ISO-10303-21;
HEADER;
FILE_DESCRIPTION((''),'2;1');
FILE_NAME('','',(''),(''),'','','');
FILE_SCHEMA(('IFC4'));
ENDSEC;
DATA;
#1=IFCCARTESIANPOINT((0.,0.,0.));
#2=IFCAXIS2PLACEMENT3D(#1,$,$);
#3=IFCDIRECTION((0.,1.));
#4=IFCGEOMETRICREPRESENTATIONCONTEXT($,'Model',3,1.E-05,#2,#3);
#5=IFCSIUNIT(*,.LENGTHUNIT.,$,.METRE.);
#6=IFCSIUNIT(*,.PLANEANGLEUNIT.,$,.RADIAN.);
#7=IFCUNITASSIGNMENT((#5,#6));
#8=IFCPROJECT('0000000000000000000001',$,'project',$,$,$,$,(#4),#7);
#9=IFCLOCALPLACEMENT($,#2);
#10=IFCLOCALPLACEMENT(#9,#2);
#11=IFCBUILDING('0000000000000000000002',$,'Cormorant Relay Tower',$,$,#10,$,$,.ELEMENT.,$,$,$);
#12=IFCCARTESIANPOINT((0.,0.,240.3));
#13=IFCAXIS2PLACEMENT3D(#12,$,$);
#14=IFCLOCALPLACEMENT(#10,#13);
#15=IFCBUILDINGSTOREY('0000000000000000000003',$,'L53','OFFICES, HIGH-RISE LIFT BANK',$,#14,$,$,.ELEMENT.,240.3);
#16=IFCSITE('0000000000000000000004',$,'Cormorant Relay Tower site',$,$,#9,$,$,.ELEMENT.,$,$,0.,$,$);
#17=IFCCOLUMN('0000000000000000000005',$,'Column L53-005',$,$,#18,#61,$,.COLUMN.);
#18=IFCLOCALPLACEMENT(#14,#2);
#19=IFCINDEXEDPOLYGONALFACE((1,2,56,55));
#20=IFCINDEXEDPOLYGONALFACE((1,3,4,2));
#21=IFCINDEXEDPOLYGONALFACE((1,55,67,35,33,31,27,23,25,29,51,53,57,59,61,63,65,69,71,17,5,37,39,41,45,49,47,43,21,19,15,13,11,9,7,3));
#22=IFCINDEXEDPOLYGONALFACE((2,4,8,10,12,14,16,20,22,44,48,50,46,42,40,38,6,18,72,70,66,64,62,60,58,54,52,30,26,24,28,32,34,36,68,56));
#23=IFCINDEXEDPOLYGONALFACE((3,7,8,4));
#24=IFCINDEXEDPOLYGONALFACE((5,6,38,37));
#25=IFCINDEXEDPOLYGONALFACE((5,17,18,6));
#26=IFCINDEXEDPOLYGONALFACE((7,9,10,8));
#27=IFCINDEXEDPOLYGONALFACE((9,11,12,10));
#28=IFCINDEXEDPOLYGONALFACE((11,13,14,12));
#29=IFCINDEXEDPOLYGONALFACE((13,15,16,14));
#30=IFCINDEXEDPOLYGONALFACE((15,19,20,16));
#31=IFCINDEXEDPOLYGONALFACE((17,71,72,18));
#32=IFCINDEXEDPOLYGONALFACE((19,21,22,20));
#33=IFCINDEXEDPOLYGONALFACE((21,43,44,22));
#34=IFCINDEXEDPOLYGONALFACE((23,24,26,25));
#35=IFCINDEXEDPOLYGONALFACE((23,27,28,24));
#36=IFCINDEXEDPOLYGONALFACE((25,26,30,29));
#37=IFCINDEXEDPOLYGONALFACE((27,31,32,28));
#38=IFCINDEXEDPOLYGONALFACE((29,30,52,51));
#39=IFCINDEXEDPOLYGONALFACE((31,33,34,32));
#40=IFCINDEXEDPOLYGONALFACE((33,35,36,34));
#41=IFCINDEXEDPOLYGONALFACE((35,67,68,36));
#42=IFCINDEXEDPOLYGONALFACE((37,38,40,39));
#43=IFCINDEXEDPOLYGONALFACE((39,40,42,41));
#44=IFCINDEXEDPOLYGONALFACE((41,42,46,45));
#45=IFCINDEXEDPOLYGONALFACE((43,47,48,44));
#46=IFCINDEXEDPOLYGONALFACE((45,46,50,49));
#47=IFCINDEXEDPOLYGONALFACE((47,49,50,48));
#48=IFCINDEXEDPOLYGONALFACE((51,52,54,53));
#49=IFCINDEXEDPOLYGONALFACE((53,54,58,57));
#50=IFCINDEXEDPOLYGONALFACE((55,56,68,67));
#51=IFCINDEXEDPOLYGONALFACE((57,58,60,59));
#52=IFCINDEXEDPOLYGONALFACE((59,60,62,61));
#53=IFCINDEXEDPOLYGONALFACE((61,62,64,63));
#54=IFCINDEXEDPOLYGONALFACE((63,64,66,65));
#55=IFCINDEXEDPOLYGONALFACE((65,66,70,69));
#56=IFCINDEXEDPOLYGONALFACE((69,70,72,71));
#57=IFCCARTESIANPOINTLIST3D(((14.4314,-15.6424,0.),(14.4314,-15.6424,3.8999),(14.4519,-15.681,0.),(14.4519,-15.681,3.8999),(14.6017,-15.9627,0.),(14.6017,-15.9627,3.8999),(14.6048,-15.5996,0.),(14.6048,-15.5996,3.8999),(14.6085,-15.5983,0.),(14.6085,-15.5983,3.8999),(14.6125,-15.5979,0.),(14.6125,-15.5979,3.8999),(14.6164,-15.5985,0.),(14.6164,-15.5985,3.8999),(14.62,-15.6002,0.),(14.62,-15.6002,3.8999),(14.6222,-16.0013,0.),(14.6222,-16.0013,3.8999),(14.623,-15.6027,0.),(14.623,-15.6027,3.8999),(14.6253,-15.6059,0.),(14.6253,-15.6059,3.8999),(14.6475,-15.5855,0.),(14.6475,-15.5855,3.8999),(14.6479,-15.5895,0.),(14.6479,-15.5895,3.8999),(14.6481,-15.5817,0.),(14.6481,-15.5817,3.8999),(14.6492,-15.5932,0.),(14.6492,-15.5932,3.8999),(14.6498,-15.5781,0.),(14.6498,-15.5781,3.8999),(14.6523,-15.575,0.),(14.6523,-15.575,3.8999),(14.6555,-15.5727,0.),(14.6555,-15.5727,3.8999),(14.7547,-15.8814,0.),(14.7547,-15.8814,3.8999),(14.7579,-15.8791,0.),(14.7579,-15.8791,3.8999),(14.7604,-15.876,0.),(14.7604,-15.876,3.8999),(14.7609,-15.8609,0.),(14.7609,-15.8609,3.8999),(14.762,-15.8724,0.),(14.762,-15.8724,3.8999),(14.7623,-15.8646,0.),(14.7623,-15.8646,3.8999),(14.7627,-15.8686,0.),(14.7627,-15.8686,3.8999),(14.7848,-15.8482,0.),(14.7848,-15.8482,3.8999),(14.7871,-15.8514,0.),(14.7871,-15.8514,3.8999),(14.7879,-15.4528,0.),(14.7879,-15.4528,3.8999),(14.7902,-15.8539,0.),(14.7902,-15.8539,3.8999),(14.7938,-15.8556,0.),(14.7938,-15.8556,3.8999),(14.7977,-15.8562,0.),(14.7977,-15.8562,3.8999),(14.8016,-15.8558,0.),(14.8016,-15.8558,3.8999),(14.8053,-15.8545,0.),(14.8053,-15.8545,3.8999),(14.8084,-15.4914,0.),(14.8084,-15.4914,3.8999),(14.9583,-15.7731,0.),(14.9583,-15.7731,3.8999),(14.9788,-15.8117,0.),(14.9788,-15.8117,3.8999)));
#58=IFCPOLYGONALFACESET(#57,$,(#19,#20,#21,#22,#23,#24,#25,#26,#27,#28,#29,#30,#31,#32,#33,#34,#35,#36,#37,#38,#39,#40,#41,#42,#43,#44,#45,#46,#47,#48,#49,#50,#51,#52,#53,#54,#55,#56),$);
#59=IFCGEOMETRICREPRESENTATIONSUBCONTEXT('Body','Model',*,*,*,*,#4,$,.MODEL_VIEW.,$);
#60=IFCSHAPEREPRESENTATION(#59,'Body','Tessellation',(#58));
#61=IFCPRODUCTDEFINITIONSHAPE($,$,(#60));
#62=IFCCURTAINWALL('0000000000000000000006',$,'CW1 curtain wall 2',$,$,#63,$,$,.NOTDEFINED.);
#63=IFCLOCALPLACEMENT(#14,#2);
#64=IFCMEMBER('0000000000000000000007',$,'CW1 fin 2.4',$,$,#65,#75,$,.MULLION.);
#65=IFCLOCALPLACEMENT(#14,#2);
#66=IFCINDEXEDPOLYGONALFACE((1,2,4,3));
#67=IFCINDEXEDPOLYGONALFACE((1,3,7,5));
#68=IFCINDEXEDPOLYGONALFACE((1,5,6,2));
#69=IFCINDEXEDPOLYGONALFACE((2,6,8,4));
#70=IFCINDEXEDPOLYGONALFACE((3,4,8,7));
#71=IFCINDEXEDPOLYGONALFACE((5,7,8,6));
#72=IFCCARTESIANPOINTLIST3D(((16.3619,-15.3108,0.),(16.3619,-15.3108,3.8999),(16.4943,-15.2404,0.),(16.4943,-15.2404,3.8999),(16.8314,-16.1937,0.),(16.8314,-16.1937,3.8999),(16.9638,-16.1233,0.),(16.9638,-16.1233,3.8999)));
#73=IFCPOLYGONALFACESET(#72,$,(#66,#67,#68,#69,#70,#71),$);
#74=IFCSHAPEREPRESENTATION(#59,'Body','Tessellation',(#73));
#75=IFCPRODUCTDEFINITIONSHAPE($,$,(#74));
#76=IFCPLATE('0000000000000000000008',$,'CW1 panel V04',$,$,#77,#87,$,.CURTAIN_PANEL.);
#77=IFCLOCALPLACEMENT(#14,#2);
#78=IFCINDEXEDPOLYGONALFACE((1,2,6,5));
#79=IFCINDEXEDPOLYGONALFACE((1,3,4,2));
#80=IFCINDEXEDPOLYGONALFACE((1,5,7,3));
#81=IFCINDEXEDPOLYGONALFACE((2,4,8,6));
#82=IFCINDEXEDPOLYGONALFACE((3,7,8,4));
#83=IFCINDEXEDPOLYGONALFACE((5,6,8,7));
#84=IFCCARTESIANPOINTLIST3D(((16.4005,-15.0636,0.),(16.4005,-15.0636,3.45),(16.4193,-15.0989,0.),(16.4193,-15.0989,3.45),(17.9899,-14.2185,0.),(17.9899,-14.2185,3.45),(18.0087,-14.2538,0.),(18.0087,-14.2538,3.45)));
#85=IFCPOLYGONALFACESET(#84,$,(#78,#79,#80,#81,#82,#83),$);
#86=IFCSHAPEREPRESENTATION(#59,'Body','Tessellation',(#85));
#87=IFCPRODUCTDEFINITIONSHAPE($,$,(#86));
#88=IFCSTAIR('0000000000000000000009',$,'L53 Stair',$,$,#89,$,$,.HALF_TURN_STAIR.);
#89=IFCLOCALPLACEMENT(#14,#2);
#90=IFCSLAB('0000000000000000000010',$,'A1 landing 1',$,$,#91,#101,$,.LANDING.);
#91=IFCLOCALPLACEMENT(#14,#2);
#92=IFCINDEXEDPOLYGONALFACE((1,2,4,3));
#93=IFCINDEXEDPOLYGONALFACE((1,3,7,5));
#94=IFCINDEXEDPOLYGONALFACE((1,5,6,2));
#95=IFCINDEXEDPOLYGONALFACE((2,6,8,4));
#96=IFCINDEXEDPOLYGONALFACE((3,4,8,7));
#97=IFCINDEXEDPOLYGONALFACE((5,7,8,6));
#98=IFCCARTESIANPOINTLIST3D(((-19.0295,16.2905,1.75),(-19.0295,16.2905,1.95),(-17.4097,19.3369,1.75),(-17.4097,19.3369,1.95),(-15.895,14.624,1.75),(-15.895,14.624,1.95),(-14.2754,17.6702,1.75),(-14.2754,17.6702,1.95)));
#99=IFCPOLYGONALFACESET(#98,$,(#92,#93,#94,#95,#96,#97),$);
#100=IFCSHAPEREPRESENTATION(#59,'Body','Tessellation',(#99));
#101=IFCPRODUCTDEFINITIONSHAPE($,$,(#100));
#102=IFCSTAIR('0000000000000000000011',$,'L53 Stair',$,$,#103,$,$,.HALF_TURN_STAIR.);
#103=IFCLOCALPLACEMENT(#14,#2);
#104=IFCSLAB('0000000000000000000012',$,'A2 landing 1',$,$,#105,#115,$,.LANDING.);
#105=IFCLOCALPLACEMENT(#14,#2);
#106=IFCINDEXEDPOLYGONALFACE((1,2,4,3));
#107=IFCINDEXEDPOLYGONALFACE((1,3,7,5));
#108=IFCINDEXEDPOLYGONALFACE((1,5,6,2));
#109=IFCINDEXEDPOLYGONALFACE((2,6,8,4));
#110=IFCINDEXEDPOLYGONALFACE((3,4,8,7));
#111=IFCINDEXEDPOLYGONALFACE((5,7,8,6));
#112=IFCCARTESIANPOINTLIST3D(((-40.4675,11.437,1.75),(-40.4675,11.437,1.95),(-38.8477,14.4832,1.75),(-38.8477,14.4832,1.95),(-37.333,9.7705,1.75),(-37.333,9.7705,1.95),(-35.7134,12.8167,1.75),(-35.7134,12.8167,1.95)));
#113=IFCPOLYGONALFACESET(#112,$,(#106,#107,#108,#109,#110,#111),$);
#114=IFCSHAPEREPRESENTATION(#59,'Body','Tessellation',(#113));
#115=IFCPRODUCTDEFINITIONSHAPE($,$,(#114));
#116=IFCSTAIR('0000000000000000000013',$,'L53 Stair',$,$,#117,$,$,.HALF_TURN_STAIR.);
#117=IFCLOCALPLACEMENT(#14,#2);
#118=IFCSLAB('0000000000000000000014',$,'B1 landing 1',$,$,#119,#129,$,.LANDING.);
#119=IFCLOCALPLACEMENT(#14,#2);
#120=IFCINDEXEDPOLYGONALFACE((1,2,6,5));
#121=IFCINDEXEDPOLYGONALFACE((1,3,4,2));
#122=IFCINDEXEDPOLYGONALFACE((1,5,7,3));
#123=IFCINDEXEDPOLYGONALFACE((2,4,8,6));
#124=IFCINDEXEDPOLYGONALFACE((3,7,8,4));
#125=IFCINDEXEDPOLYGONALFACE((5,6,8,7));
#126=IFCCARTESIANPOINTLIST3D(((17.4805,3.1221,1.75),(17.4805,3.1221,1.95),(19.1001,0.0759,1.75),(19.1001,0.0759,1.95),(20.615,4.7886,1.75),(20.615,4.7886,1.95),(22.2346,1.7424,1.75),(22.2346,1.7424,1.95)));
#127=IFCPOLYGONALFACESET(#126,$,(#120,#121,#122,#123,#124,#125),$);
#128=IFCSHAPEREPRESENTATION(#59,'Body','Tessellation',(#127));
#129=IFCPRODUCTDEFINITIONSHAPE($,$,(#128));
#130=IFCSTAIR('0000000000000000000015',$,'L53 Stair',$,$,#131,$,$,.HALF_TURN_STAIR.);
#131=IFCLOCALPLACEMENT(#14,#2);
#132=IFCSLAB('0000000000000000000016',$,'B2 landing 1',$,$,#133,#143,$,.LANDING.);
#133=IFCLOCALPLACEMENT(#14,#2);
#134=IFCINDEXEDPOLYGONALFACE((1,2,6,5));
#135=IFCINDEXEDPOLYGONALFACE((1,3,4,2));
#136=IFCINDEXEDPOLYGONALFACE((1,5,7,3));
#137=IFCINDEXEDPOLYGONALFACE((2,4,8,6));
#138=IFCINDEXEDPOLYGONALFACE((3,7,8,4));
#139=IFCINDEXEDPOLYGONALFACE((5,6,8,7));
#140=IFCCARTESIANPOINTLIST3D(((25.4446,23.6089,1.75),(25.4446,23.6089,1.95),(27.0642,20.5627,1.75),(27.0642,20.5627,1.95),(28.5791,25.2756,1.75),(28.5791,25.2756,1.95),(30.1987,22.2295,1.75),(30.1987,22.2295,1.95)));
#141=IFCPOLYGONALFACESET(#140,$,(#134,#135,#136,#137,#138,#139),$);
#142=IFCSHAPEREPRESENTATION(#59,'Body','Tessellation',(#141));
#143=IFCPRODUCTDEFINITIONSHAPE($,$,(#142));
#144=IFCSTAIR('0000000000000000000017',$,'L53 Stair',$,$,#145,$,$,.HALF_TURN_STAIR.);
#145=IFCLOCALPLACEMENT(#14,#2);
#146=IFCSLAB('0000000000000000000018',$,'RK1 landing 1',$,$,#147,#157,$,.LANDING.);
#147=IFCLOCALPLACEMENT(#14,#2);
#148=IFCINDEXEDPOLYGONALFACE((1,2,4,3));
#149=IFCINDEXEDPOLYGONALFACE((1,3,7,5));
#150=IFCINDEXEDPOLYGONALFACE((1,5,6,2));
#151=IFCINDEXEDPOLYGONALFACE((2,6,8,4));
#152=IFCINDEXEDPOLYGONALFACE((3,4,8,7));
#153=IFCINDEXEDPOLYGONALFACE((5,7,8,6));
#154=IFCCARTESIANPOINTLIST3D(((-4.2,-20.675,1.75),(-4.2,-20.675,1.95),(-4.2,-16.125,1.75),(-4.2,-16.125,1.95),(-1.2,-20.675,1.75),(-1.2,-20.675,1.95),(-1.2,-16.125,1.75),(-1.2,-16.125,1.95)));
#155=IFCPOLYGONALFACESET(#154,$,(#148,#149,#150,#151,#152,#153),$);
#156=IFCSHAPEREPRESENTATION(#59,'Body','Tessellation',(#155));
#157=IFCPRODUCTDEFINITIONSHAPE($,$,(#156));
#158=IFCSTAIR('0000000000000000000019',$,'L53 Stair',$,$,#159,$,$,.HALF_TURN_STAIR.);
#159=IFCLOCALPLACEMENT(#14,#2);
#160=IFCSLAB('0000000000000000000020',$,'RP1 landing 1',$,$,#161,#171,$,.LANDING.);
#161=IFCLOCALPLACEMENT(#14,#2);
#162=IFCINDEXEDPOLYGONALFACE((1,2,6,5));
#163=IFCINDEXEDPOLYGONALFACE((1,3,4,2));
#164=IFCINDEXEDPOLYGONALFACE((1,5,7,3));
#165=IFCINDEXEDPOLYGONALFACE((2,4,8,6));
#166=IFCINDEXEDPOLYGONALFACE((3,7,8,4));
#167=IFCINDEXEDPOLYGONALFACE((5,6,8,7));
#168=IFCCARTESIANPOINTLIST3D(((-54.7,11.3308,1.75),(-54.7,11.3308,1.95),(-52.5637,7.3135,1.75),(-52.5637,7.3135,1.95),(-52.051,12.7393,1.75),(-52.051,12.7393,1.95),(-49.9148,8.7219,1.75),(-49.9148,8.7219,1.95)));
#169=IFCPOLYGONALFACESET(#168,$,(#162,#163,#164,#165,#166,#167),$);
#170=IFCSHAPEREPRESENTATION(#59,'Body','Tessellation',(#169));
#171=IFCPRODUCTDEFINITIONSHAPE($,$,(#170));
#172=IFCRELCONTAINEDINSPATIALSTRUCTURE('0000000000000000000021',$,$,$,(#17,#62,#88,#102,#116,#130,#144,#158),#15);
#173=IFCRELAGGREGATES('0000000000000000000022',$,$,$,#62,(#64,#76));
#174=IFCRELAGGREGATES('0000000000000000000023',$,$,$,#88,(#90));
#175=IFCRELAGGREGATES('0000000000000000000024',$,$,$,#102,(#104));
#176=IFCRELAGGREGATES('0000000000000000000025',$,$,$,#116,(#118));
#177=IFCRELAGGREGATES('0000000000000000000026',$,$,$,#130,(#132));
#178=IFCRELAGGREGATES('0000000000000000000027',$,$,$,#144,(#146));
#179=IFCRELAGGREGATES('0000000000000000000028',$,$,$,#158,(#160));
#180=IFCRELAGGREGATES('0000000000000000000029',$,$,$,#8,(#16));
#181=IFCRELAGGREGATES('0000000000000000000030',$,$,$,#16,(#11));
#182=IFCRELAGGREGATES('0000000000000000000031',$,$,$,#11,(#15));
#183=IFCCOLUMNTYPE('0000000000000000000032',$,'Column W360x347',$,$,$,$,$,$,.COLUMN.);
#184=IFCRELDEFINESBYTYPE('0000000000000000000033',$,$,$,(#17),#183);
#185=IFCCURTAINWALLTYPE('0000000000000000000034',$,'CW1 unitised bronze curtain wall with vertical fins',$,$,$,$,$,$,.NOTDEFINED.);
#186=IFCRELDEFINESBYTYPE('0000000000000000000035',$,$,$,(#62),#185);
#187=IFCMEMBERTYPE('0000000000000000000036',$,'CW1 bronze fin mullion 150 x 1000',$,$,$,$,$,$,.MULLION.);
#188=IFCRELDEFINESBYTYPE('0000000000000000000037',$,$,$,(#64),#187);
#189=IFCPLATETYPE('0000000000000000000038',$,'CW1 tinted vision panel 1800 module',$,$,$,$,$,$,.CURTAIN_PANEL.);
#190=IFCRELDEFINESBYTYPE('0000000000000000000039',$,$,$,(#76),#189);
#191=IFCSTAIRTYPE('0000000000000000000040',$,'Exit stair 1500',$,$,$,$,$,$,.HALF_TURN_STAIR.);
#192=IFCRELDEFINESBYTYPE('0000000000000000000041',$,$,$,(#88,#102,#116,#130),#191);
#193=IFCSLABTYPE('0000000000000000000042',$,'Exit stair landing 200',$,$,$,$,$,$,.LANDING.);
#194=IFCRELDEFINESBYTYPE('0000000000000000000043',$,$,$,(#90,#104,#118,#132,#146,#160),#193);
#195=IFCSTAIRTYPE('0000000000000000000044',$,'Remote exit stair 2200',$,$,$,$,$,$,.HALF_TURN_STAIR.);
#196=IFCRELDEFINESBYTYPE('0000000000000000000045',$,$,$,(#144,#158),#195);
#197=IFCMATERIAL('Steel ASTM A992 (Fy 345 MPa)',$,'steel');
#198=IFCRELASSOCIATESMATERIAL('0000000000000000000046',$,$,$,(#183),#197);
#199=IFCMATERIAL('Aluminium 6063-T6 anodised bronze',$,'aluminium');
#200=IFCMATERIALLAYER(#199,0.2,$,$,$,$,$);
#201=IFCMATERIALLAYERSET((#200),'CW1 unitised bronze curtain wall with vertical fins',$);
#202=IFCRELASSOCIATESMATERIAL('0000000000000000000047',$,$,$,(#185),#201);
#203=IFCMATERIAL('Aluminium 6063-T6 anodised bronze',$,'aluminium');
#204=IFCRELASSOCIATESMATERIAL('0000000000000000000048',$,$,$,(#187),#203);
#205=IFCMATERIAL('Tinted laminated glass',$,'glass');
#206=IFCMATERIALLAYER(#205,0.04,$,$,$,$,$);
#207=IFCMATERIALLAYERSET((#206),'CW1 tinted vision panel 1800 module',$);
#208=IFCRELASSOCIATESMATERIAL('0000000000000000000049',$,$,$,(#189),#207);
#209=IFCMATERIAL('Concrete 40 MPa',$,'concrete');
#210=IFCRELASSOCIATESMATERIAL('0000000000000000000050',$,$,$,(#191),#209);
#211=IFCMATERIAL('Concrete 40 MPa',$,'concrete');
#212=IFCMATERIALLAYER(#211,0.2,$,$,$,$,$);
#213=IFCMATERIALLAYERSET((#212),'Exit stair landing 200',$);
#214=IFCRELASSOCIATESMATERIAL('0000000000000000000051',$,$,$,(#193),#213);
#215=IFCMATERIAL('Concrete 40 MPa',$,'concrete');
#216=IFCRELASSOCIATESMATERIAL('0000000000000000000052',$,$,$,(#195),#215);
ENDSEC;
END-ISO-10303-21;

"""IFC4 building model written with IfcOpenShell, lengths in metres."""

from ifc_helpers import new_model, si_unit, direction, frame, origin, origin_2d, place, context, subcontext, project, spatial, polyline, rectangle, i_section, outline, extrude, material, layer, layer_set, material_profile, profile_set, type_object, element, aggregate, save


model = new_model("IFC4")

# Units and contexts
model_context = context("Model", 3, precision=1e-05, world=origin(), true_north=direction((0.0, 1.0)))
body_context = subcontext(model_context, "Body", "Model", "MODEL_VIEW")
ifc_project = project(units=[si_unit("LENGTHUNIT", "METRE"), si_unit("PLANEANGLEUNIT", "RADIAN")], contexts=[model_context])

# Site, building, storey
site_placement = place(None, origin())
site = spatial("IfcSite", under=ifc_project, at=site_placement, Name="Cormorant Relay Tower site", CompositionType="ELEMENT", RefElevation=0.0)
building_placement = place(site_placement, origin())
building = spatial("IfcBuilding", under=site, at=building_placement, Name="Cormorant Relay Tower", CompositionType="ELEMENT")
storey_placement = place(building_placement, frame((0.0, 0.0, 240.3)))
storey = spatial("IfcBuildingStorey", under=building, at=storey_placement, Name="L53", Description="OFFICES, HIGH-RISE LIFT BANK", CompositionType="ELEMENT", Elevation=240.3)

# Column
ifc_material_1 = material(Name="Steel ASTM A992 (Fy 345 MPa)", Category="steel")
ifc_material_profile_1 = material_profile(ifc_material_1, i_section(OverallWidth=0.4038, OverallDepth=0.4065, WebThickness=0.0271, FlangeThickness=0.0437, FilletRadius=0.0151, at=origin_2d()), Name="W360x347")
ifc_profile_set_1 = profile_set([ifc_material_profile_1], Name="Steel ASTM A992 (Fy 345 MPa)")
column_type_1 = type_object("IfcColumnType", Name="Column W360x347", PredefinedType="COLUMN", material=ifc_profile_set_1)
column_placement = place(storey_placement, frame((14.7051, -15.7271, 0.0), z_axis=(0.0, 0.0, 1.0), x_axis=(0.882948, 0.469472, 0.0)))
element("IfcColumn", 1, at=column_placement, inside=storey, type_object=column_type_1, Name="Column L53-005", PredefinedType="COLUMN", context=body_context, shape_type="SweptSolid", body=[
    extrude(i_section(OverallWidth=0.4038, OverallDepth=0.4065, WebThickness=0.0271, FlangeThickness=0.0437, FilletRadius=0.0151, at=origin_2d()), origin(), (0.0, 0.0, 1.0), 3.8999),
])

# Curtain wall, member, plate
ifc_material_2 = material(Name="Aluminium 6063-T6 anodised bronze", Category="aluminium")
ifc_layer_1 = layer(ifc_material_2, 0.2)
ifc_layer_set_1 = layer_set([ifc_layer_1], Name="CW1 unitised bronze curtain wall with vertical fins")
curtain_wall_type = type_object("IfcCurtainWallType", Name="CW1 unitised bronze curtain wall with vertical fins", PredefinedType="NOTDEFINED", material=ifc_layer_set_1)
curtain_wall_placement = place(storey_placement, origin())
curtain_wall = element("IfcCurtainWall", 2, at=curtain_wall_placement, inside=storey, type_object=curtain_wall_type, Name="CW1 curtain wall 2", PredefinedType="NOTDEFINED")
ifc_material_3 = material(Name="Aluminium 6063-T6 anodised bronze", Category="aluminium")
ifc_material_profile_2 = material_profile(ifc_material_3, rectangle(XDim=0.1499, YDim=1.0, at=origin_2d()), Name="AL 150x1000")
ifc_profile_set_2 = profile_set([ifc_material_profile_2], Name="Aluminium 6063-T6 anodised bronze")
member_type = type_object("IfcMemberType", Name="CW1 bronze fin mullion 150 x 1000", PredefinedType="MULLION", material=ifc_profile_set_2)
member_placement = place(storey_placement, frame((16.6628, -15.717, 0.0), z_axis=(0.0, 0.0, 1.0), x_axis=(0.882948, 0.469472, 0.0)))
member = element("IfcMember", 3, at=member_placement, type_object=member_type, Name="CW1 fin 2.4", PredefinedType="MULLION", context=body_context, shape_type="SweptSolid", body=[
    extrude(rectangle(XDim=0.1499, YDim=1.0, at=origin_2d()), origin(), (0.0, 0.0, 1.0), 3.8999),
])
ifc_material_4 = material(Name="Tinted laminated glass", Category="glass")
ifc_layer_2 = layer(ifc_material_4, 0.04)
ifc_layer_set_2 = layer_set([ifc_layer_2], Name="CW1 tinted vision panel 1800 module")
plate_type = type_object("IfcPlateType", Name="CW1 tinted vision panel 1800 module", PredefinedType="CURTAIN_PANEL", material=ifc_layer_set_2)
plate_placement = place(storey_placement, frame((17.2046, -14.6587, 0.0), z_axis=(0.0, 0.0, 1.0), x_axis=(0.882948, 0.469472, 0.0)))
plate = element("IfcPlate", 4, at=plate_placement, type_object=plate_type, Name="CW1 panel V04", PredefinedType="CURTAIN_PANEL", context=body_context, shape_type="SweptSolid", body=[
    extrude(rectangle(XDim=1.8, YDim=0.04, at=origin_2d()), origin(), (0.0, 0.0, 1.0), 3.45),
])
aggregate(curtain_wall, [member, plate])

# Stairs, slabs
ifc_material_5 = material(Name="Concrete 40 MPa", Category="concrete")
stair_type_1 = type_object("IfcStairType", Name="Exit stair 1500", PredefinedType="HALF_TURN_STAIR", material=ifc_material_5)
stair_1_placement = place(storey_placement, origin())
stair_1 = element("IfcStair", 5, at=stair_1_placement, inside=storey, type_object=stair_type_1, Name="L53 Stair", PredefinedType="HALF_TURN_STAIR")
ifc_material_6 = material(Name="Concrete 40 MPa", Category="concrete")
ifc_layer_3 = layer(ifc_material_6, 0.2)
ifc_layer_set_3 = layer_set([ifc_layer_3], Name="Exit stair landing 200")
slab_type_1 = type_object("IfcSlabType", Name="Exit stair landing 200", PredefinedType="LANDING", material=ifc_layer_set_3)
slab_1_placement = place(storey_placement, frame((0.0, 0.0, 1.75)))
slab_1 = element("IfcSlab", 6, at=slab_1_placement, type_object=slab_type_1, Name="A1 landing 1", PredefinedType="LANDING", context=body_context, shape_type="SweptSolid", body=[
    extrude(outline(polyline([(-19.0295, 16.2905), (-15.895, 14.624), (-14.2754, 17.6702), (-17.4097, 19.3369), (-19.0295, 16.2905)])), origin(), (0.0, 0.0, 1.0), 0.2),
])
aggregate(stair_1, [slab_1])
stair_2_placement = place(storey_placement, origin())
stair_2 = element("IfcStair", 7, at=stair_2_placement, inside=storey, type_object=stair_type_1, Name="L53 Stair", PredefinedType="HALF_TURN_STAIR")
slab_2_placement = place(storey_placement, frame((0.0, 0.0, 1.75)))
slab_2 = element("IfcSlab", 8, at=slab_2_placement, type_object=slab_type_1, Name="A2 landing 1", PredefinedType="LANDING", context=body_context, shape_type="SweptSolid", body=[
    extrude(outline(polyline([(-35.7134, 12.8167), (-38.8477, 14.4832), (-40.4675, 11.437), (-37.333, 9.7705), (-35.7134, 12.8167)])), origin(), (0.0, 0.0, 1.0), 0.2),
])
aggregate(stair_2, [slab_2])
stair_3_placement = place(storey_placement, origin())
stair_3 = element("IfcStair", 9, at=stair_3_placement, inside=storey, type_object=stair_type_1, Name="L53 Stair", PredefinedType="HALF_TURN_STAIR")
slab_3_placement = place(storey_placement, frame((0.0, 0.0, 1.75)))
slab_3 = element("IfcSlab", 10, at=slab_3_placement, type_object=slab_type_1, Name="B1 landing 1", PredefinedType="LANDING", context=body_context, shape_type="SweptSolid", body=[
    extrude(outline(polyline([(20.615, 4.7886), (17.4805, 3.1221), (19.1001, 0.0759), (22.2346, 1.7424), (20.615, 4.7886)])), origin(), (0.0, 0.0, 1.0), 0.2),
])
aggregate(stair_3, [slab_3])
stair_4_placement = place(storey_placement, origin())
stair_4 = element("IfcStair", 11, at=stair_4_placement, inside=storey, type_object=stair_type_1, Name="L53 Stair", PredefinedType="HALF_TURN_STAIR")
slab_4_placement = place(storey_placement, frame((0.0, 0.0, 1.75)))
slab_4 = element("IfcSlab", 12, at=slab_4_placement, type_object=slab_type_1, Name="B2 landing 1", PredefinedType="LANDING", context=body_context, shape_type="SweptSolid", body=[
    extrude(outline(polyline([(27.0642, 20.5627), (30.1987, 22.2295), (28.5791, 25.2756), (25.4446, 23.6089), (27.0642, 20.5627)])), origin(), (0.0, 0.0, 1.0), 0.2),
])
aggregate(stair_4, [slab_4])
ifc_material_7 = material(Name="Concrete 40 MPa", Category="concrete")
stair_type_2 = type_object("IfcStairType", Name="Remote exit stair 2200", PredefinedType="HALF_TURN_STAIR", material=ifc_material_7)
stair_5_placement = place(storey_placement, origin())
stair_5 = element("IfcStair", 13, at=stair_5_placement, inside=storey, type_object=stair_type_2, Name="L53 Stair", PredefinedType="HALF_TURN_STAIR")
slab_5_placement = place(storey_placement, frame((0.0, 0.0, 1.75)))
slab_5 = element("IfcSlab", 14, at=slab_5_placement, type_object=slab_type_1, Name="RK1 landing 1", PredefinedType="LANDING", context=body_context, shape_type="SweptSolid", body=[
    extrude(outline(polyline([(-1.2, -16.125), (-4.2, -16.125), (-4.2, -20.675), (-1.2, -20.675), (-1.2, -16.125)])), origin(), (0.0, 0.0, 1.0), 0.2),
])
aggregate(stair_5, [slab_5])
stair_6_placement = place(storey_placement, origin())
stair_6 = element("IfcStair", 15, at=stair_6_placement, inside=storey, type_object=stair_type_2, Name="L53 Stair", PredefinedType="HALF_TURN_STAIR")
slab_6_placement = place(storey_placement, frame((0.0, 0.0, 1.75)))
slab_6 = element("IfcSlab", 16, at=slab_6_placement, type_object=slab_type_1, Name="RP1 landing 1", PredefinedType="LANDING", context=body_context, shape_type="SweptSolid", body=[
    extrude(outline(polyline([(-52.051, 12.7393), (-54.7, 11.3308), (-52.5637, 7.3135), (-49.9148, 8.7219), (-52.051, 12.7393)])), origin(), (0.0, 0.0, 1.0), 0.2),
])
aggregate(stair_6, [slab_6])

save(model, "model.ifc")
